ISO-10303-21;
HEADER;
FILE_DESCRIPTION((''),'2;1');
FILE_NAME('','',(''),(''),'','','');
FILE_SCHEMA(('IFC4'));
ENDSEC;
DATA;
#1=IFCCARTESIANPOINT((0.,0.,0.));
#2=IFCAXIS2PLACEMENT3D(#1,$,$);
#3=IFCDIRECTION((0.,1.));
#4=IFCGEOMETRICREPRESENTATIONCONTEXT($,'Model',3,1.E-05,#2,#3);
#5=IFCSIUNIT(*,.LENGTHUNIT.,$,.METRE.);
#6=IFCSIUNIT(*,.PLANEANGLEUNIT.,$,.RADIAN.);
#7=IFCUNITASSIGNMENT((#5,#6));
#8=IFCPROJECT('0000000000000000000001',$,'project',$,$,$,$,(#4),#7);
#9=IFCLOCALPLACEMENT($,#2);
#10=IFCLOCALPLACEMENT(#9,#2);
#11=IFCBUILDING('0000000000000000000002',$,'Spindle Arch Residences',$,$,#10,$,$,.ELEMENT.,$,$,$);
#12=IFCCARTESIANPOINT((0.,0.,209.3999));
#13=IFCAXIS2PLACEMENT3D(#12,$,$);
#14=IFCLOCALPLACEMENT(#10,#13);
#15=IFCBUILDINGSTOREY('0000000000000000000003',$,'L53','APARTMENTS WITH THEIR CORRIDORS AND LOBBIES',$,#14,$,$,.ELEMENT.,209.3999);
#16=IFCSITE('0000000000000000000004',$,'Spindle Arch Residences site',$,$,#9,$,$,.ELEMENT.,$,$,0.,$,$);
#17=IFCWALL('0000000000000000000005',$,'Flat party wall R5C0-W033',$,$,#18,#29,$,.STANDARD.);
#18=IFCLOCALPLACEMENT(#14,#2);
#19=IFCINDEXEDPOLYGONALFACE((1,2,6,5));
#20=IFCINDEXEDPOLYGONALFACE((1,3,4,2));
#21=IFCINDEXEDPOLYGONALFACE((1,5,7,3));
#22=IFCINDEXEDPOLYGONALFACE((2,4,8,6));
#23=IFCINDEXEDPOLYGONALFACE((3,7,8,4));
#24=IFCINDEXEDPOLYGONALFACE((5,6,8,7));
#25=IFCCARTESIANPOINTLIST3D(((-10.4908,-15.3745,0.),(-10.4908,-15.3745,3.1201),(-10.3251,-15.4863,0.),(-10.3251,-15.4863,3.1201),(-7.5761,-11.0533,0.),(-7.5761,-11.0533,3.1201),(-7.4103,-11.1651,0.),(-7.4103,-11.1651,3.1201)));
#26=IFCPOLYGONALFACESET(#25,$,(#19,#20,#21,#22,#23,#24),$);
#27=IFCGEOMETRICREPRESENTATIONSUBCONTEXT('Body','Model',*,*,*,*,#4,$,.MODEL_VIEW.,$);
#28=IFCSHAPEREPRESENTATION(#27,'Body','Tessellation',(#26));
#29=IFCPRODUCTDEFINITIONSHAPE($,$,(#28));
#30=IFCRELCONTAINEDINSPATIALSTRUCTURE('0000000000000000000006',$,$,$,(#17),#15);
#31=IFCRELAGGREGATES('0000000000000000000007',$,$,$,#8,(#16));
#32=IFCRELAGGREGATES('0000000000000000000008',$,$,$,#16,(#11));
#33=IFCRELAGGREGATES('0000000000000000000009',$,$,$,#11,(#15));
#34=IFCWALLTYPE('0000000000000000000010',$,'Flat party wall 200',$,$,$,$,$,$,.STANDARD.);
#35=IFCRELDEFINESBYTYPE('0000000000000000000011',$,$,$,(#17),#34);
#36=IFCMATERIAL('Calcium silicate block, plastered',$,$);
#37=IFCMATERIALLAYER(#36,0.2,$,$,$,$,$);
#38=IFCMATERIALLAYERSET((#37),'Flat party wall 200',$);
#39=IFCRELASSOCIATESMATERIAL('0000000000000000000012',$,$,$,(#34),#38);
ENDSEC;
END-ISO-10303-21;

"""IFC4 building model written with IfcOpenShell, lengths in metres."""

from ifc_helpers import new_model, si_unit, direction, frame, frame_2d, origin, place, context, subcontext, project, spatial, rectangle, extrude, material, layer, layer_set, type_object, element, save


model = new_model("IFC4")

# Units and contexts
model_context = context("Model", 3, precision=1e-05, world=origin(), true_north=direction((0.0, 1.0)))
body_context = subcontext(model_context, "Body", "Model", "MODEL_VIEW")
ifc_project = project(units=[si_unit("LENGTHUNIT", "METRE"), si_unit("PLANEANGLEUNIT", "RADIAN")], contexts=[model_context])

# Site, building, storey
site_placement = place(None, origin())
site = spatial("IfcSite", under=ifc_project, at=site_placement, Name="Spindle Arch Residences site", CompositionType="ELEMENT", RefElevation=0.0)
building_placement = place(site_placement, origin())
building = spatial("IfcBuilding", under=site, at=building_placement, Name="Spindle Arch Residences", CompositionType="ELEMENT")
storey_placement = place(building_placement, frame((0.0, 0.0, 209.3999)))
storey = spatial("IfcBuildingStorey", under=building, at=storey_placement, Name="L53", Description="APARTMENTS WITH THEIR CORRIDORS AND LOBBIES", CompositionType="ELEMENT", Elevation=209.3999)

# Wall
ifc_material_1 = material(Name="Calcium silicate block, plastered")
ifc_layer_1 = layer(ifc_material_1, 0.2)
ifc_layer_set_1 = layer_set([ifc_layer_1], Name="Flat party wall 200")
wall_type_1 = type_object("IfcWallType", Name="Flat party wall 200", PredefinedType="STANDARD", material=ifc_layer_set_1)
wall_1_placement = place(storey_placement, frame((-10.408, -15.4304, 0.0), z_axis=(0.0, 0.0, 1.0), x_axis=(0.559199, 0.829033, 0.0)))
element("IfcWall", 1, at=wall_1_placement, inside=storey, type_object=wall_type_1, Name="Flat party wall R5C0-W033", PredefinedType="STANDARD", context=body_context, shape_type="SweptSolid", body=[
    extrude(rectangle(XDim=5.2124, YDim=0.2, at=frame_2d((2.6062, 0.0))), origin(), (0.0, 0.0, 1.0), 3.1201),
])

save(model, "model.ifc")
